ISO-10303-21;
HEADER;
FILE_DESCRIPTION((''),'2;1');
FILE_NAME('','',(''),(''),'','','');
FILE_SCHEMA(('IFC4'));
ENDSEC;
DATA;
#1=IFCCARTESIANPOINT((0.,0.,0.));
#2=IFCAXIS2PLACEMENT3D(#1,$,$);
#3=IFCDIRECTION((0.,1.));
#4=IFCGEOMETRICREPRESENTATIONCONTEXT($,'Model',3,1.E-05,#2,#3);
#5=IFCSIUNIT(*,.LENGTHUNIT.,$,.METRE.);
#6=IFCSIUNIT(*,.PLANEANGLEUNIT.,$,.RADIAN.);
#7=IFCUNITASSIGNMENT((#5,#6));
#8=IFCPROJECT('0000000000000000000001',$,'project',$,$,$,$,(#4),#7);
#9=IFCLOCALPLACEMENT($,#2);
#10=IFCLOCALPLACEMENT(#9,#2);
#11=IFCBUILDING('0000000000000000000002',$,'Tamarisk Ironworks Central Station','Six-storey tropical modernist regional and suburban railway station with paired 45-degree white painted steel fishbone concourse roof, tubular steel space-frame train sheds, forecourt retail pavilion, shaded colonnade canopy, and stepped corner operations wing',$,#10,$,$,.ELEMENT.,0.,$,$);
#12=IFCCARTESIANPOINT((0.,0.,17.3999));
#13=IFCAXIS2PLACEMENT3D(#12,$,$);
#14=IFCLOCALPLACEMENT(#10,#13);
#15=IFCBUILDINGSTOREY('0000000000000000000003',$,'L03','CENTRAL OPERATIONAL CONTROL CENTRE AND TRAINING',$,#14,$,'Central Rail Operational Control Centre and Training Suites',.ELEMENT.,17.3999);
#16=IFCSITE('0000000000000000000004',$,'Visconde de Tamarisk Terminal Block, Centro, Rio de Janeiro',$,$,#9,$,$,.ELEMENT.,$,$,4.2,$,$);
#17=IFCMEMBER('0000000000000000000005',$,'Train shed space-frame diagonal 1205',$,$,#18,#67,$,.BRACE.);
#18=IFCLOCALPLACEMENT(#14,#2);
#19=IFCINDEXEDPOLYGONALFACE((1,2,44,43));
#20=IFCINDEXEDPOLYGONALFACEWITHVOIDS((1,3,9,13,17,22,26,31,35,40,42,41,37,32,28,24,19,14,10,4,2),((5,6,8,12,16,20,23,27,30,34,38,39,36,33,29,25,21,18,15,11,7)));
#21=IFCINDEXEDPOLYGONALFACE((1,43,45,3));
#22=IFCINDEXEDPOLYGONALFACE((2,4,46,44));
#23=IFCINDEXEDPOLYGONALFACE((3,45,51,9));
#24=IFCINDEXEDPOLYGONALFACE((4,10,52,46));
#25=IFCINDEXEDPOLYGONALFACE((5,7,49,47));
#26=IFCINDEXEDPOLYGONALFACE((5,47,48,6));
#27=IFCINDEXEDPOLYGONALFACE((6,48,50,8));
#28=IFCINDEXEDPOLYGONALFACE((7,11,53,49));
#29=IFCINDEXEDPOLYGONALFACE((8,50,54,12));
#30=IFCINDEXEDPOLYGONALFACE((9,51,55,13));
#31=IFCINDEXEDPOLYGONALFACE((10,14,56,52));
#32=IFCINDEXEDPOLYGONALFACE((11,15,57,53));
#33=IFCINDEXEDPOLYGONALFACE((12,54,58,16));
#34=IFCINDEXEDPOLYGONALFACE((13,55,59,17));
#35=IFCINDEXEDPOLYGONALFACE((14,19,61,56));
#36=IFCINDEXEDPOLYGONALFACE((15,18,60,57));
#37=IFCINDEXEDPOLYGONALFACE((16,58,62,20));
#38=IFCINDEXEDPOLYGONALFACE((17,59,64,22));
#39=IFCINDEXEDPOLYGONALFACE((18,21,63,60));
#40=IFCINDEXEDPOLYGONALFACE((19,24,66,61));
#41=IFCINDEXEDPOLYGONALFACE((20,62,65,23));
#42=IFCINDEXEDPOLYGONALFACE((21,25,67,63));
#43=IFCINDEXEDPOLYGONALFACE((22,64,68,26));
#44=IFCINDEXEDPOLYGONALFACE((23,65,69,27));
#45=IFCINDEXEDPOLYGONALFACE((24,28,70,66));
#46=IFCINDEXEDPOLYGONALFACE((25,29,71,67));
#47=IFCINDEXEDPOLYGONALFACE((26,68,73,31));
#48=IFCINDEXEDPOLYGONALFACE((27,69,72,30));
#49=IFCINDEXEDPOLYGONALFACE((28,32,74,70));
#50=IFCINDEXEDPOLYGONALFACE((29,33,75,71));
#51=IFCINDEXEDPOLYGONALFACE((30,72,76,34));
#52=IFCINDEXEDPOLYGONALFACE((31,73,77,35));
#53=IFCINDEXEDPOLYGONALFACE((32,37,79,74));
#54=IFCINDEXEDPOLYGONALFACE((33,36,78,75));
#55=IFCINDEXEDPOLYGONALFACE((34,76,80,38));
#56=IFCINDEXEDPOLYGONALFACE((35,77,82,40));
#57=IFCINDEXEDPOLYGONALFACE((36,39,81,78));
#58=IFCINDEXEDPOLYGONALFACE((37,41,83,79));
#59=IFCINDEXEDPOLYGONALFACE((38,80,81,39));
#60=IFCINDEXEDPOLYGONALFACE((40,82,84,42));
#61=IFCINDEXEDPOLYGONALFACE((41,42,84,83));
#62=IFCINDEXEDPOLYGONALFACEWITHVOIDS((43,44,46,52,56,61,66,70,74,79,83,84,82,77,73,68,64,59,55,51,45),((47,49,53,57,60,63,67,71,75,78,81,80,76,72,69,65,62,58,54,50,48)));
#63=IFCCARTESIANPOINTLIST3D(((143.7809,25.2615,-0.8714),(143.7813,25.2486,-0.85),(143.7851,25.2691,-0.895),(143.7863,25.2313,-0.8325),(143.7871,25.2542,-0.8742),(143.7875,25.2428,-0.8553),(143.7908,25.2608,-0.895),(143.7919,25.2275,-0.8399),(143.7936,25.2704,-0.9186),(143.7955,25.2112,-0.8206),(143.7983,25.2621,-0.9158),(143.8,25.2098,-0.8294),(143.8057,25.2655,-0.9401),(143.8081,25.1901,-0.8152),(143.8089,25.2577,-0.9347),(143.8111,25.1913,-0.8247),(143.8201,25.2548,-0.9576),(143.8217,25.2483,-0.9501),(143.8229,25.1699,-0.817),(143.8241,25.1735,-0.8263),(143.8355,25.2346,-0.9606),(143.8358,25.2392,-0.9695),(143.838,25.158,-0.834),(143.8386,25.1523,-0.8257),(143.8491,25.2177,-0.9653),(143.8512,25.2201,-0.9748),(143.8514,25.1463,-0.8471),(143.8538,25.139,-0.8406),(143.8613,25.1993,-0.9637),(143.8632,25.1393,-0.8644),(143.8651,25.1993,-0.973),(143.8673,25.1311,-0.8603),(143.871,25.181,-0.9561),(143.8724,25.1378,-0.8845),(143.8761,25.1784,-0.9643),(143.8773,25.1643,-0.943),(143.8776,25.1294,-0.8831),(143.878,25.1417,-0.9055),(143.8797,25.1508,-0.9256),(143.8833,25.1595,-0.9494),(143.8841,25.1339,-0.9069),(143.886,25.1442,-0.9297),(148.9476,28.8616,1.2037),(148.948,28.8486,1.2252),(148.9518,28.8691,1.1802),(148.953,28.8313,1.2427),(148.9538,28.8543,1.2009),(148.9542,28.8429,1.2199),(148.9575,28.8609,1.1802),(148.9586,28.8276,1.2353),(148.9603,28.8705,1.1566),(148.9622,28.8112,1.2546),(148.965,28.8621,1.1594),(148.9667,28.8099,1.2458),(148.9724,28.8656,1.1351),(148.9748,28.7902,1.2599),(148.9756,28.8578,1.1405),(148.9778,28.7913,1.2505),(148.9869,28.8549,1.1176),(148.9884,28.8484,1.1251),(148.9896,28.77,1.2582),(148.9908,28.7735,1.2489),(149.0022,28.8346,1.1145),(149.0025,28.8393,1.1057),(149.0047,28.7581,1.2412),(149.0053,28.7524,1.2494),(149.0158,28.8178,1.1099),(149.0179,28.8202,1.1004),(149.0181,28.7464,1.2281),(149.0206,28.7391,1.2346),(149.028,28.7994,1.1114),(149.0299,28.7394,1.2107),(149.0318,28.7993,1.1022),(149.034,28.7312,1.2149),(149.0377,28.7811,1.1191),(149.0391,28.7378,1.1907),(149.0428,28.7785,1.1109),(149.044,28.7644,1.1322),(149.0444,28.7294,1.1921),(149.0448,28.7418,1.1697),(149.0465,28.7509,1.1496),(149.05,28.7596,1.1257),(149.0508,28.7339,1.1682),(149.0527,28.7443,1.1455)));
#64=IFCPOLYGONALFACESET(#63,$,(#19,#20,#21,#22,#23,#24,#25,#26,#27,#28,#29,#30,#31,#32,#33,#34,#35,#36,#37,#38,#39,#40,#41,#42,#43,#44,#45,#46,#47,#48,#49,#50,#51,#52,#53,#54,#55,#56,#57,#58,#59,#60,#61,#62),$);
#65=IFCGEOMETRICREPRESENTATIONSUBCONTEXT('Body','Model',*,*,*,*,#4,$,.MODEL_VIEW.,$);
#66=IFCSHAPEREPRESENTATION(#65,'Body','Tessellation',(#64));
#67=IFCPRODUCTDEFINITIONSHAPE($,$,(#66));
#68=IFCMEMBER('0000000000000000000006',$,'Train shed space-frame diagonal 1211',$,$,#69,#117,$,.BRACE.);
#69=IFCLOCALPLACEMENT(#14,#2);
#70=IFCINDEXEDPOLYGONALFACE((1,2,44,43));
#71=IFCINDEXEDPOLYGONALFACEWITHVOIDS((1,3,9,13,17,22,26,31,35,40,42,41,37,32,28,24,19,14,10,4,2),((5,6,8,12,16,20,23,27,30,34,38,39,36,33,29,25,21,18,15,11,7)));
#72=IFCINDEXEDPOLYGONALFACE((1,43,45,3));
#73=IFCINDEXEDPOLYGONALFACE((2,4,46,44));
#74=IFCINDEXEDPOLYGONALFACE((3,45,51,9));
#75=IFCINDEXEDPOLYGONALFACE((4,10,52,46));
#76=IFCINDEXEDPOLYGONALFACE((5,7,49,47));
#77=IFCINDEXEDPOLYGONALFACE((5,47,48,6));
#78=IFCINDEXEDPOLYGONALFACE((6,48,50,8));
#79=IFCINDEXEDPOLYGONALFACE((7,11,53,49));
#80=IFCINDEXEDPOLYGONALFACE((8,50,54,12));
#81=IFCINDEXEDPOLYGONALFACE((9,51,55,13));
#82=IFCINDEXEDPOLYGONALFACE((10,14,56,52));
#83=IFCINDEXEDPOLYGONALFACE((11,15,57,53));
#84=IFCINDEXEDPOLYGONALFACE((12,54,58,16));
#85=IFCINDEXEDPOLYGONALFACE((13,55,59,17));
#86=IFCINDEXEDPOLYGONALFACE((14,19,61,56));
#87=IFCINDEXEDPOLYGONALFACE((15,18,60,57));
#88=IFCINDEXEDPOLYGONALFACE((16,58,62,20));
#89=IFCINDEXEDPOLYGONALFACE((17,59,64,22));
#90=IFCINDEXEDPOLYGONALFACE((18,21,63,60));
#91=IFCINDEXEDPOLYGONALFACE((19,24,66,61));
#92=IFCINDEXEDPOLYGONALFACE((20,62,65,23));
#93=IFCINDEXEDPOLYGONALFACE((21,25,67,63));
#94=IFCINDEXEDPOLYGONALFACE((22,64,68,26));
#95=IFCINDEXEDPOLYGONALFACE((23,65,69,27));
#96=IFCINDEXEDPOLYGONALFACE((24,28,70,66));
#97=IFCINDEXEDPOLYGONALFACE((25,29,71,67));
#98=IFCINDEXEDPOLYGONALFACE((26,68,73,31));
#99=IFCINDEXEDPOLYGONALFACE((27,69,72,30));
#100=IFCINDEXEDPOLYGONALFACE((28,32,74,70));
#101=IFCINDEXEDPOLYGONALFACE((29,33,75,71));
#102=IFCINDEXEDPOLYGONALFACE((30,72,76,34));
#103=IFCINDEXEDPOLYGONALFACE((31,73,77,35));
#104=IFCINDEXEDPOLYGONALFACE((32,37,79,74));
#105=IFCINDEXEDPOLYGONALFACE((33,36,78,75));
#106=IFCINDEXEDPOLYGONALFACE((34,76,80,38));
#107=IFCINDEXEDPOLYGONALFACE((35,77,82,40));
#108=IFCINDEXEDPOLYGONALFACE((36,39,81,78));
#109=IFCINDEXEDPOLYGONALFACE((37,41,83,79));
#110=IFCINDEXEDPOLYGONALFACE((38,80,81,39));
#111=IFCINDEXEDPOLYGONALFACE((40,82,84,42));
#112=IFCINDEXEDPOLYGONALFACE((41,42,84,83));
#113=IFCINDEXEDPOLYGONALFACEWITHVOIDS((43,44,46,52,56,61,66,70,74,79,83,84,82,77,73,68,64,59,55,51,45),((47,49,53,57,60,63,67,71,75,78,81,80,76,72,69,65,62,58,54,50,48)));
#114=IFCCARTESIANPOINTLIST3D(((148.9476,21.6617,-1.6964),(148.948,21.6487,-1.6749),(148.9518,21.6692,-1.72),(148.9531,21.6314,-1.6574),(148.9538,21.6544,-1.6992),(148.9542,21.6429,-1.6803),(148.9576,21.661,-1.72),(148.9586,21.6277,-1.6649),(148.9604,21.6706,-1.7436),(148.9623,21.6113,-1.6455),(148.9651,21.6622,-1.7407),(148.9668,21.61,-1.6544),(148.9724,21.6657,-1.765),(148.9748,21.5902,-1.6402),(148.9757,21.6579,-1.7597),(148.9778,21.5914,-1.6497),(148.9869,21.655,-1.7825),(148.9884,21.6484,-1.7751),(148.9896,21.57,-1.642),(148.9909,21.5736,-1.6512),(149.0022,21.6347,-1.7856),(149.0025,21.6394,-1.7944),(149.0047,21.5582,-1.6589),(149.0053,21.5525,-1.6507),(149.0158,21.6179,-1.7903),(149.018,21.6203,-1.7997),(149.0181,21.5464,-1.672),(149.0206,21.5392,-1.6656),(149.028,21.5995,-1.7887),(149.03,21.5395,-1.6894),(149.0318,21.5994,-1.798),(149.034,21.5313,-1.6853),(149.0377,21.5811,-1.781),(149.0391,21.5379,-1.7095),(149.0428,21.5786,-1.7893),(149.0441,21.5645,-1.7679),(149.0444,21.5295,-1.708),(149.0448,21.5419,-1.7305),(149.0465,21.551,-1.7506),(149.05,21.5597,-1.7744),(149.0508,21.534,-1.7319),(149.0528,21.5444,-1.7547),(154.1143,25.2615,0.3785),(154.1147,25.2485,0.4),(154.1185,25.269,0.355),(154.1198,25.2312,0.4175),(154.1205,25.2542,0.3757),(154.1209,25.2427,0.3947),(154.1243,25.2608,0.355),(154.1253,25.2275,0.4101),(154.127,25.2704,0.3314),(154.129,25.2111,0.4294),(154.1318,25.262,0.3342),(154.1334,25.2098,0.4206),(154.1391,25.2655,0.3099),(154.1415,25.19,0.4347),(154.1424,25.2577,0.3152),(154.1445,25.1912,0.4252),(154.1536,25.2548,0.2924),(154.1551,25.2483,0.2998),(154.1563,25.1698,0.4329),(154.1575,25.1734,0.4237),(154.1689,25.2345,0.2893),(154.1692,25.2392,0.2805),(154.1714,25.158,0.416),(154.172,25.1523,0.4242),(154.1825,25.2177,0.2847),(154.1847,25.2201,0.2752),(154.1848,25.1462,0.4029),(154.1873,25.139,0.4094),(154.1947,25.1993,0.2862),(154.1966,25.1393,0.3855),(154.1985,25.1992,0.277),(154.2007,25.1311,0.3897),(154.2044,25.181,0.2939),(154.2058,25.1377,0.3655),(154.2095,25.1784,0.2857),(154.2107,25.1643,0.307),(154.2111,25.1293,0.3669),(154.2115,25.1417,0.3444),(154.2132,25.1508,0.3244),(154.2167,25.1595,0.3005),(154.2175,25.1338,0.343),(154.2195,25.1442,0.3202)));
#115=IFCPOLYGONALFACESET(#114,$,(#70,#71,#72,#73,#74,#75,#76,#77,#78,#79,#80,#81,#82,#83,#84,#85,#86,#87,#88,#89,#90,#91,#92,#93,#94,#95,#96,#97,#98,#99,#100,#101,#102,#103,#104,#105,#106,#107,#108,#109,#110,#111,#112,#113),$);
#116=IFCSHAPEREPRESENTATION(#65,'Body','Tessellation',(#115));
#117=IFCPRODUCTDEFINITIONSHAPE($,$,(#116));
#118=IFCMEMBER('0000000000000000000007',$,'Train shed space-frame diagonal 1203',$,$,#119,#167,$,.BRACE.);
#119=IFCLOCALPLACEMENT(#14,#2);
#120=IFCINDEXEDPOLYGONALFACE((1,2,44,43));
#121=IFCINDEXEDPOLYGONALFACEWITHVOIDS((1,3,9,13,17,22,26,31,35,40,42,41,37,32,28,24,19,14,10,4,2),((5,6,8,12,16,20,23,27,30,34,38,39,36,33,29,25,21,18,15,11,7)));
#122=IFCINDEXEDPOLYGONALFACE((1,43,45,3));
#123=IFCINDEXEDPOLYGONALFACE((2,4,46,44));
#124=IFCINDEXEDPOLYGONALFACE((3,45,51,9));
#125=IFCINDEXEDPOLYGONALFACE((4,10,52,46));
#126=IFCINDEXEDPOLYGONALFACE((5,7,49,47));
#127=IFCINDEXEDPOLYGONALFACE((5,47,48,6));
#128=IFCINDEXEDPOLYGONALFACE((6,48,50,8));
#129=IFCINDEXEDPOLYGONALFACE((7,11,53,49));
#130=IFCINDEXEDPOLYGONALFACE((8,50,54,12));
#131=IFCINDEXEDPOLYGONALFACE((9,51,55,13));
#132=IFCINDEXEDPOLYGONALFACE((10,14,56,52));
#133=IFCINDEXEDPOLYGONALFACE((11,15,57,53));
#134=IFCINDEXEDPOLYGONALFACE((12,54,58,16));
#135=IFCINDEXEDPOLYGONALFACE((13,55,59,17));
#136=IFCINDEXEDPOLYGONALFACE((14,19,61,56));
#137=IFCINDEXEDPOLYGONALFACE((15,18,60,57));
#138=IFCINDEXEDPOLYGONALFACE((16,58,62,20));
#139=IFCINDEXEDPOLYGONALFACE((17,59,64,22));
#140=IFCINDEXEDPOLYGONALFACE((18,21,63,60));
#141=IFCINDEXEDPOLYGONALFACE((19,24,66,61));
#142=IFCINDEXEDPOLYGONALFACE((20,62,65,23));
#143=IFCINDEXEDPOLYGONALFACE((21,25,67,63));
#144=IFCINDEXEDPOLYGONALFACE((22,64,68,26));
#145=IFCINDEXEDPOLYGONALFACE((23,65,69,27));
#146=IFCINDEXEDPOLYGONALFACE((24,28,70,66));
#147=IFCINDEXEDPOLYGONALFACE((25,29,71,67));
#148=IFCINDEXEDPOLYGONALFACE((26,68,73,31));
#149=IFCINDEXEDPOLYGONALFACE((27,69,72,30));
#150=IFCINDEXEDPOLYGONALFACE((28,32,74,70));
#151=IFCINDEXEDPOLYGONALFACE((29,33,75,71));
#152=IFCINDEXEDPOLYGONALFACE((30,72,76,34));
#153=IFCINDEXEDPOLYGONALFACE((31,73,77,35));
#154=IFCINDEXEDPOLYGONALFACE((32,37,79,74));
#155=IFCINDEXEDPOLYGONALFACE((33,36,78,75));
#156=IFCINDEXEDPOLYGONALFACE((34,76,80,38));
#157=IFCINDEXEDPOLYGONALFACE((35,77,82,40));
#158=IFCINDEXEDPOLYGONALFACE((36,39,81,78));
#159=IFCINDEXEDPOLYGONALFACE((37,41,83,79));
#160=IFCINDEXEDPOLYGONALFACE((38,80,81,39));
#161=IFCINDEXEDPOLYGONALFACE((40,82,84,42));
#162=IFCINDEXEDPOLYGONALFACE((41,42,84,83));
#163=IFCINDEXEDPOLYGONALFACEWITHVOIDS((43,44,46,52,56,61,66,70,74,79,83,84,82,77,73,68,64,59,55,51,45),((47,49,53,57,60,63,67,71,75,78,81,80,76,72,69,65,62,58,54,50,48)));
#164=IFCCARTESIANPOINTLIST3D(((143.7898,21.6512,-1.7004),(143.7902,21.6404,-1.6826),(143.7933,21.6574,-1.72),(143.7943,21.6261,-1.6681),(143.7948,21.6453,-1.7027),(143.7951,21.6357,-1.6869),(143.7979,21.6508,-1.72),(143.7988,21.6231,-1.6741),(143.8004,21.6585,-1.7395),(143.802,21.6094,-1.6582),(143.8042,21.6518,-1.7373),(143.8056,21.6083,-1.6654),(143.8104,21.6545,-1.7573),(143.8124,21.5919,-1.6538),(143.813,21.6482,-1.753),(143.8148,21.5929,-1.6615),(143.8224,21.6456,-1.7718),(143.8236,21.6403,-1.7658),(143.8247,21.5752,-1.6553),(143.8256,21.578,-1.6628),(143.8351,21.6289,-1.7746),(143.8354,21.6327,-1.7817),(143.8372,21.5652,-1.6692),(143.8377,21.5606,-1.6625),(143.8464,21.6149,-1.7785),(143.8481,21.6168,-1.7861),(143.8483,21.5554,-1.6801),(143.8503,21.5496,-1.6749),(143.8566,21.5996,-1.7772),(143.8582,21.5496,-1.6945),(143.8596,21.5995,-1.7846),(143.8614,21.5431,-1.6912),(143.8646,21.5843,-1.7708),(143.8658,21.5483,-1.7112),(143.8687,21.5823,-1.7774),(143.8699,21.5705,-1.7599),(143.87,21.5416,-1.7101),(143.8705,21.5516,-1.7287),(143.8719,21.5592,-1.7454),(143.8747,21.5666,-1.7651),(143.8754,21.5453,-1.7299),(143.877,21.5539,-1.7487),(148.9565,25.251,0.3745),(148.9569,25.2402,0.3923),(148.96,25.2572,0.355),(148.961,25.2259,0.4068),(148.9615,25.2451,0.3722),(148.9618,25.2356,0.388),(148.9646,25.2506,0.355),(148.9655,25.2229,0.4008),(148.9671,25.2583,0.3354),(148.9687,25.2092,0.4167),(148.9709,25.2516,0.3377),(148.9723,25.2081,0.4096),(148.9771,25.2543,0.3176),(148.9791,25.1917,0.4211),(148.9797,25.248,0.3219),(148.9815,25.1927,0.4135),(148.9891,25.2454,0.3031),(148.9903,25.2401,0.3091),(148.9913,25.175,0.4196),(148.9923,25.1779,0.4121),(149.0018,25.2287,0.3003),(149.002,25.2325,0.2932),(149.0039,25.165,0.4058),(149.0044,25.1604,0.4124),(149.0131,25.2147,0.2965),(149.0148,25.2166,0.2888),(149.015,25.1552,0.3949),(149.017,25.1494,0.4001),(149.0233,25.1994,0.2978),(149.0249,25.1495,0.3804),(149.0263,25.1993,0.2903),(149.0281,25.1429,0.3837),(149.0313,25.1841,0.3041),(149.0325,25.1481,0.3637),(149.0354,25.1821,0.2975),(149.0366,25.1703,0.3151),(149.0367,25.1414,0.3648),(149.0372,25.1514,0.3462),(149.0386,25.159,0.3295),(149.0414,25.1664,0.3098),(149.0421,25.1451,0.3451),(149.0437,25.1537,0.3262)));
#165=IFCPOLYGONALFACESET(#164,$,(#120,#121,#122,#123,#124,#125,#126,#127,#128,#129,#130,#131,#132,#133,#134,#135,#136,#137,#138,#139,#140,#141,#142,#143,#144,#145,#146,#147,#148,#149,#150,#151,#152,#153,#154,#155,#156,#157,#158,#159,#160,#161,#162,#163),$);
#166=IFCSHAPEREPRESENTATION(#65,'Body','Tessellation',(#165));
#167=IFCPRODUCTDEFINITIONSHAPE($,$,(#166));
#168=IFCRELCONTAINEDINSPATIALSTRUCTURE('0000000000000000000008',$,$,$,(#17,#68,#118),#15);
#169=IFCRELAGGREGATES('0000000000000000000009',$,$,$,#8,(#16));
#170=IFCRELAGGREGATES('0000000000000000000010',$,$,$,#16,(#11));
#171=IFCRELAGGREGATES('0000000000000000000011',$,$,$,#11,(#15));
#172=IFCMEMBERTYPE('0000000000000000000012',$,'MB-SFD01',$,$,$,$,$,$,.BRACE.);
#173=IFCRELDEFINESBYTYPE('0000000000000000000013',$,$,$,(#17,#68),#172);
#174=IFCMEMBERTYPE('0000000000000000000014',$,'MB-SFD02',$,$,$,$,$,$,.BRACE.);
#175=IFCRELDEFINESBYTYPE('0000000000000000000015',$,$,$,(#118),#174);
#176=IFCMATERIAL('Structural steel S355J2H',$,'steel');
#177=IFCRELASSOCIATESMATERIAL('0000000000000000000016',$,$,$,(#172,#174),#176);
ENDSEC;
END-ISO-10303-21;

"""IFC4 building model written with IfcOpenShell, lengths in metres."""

from ifc_helpers import new_model, si_unit, direction, frame, origin, origin_2d, place, context, subcontext, project, spatial, hollow_circle, extrude, material, material_profile, profile_set, type_object, element, save


model = new_model("IFC4")

# Units and contexts
model_context = context("Model", 3, precision=1e-05, world=origin(), true_north=direction((0.0, 1.0)))
body_context = subcontext(model_context, "Body", "Model", "MODEL_VIEW")
ifc_project = project(units=[si_unit("LENGTHUNIT", "METRE"), si_unit("PLANEANGLEUNIT", "RADIAN")], contexts=[model_context])

# Site, building, storey
site_placement = place(None, origin())
site = spatial("IfcSite", under=ifc_project, at=site_placement, Name="Visconde de Tamarisk Terminal Block, Centro, Rio de Janeiro", CompositionType="ELEMENT", RefElevation=4.2)
building_placement = place(site_placement, origin())
building = spatial("IfcBuilding", under=site, at=building_placement, Name="Tamarisk Ironworks Central Station", Description="Six-storey tropical modernist regional and suburban railway station with paired 45-degree white painted steel fishbone concourse roof, tubular steel space-frame train sheds, forecourt retail pavilion, shaded colonnade canopy, and stepped corner operations wing", CompositionType="ELEMENT", ElevationOfRefHeight=0.0)
storey_placement = place(building_placement, frame((0.0, 0.0, 17.3999)))
storey = spatial("IfcBuildingStorey", under=building, at=storey_placement, Name="L03", Description="CENTRAL OPERATIONAL CONTROL CENTRE AND TRAINING", LongName="Central Rail Operational Control Centre and Training Suites", CompositionType="ELEMENT", Elevation=17.3999)

# Members
ifc_material_1 = material(Name="Structural steel S355J2H", Category="steel")
ifc_material_profile_1 = material_profile(ifc_material_1, hollow_circle(Radius=0.0842, WallThickness=0.01, at=origin_2d()), Name="CHS 168.3x10")
ifc_profile_set_1 = profile_set([ifc_material_profile_1], Name="Structural steel S355J2H")
member_type_1 = type_object("IfcMemberType", Name="MB-SFD01", PredefinedType="BRACE", material=ifc_profile_set_1)
member_1_placement = place(storey_placement, frame((143.8333, 25.2, -0.895), z_axis=(0.779249, 0.542967, 0.312981), x_axis=(-0.571689, 0.82047, 0.0)))
element("IfcMember", 1, at=member_1_placement, inside=storey, type_object=member_type_1, Name="Train shed space-frame diagonal 1205", PredefinedType="BRACE", context=body_context, shape_type="SweptSolid", body=[
    extrude(hollow_circle(Radius=0.0842, WallThickness=0.01, at=origin_2d()), origin(), (0.0, 0.0, 1.0), 6.6304),
])
member_2_placement = place(storey_placement, frame((149.0, 21.6001, -1.72), z_axis=(0.779274, 0.542947, 0.312954), x_axis=(-0.571663, 0.820489, 0.0)))
element("IfcMember", 2, at=member_2_placement, inside=storey, type_object=member_type_1, Name="Train shed space-frame diagonal 1211", PredefinedType="BRACE", context=body_context, shape_type="SweptSolid", body=[
    extrude(hollow_circle(Radius=0.0842, WallThickness=0.01, at=origin_2d()), origin(), (0.0, 0.0, 1.0), 6.6301),
])
ifc_material_profile_2 = material_profile(ifc_material_1, hollow_circle(Radius=0.0698, WallThickness=0.0081, at=origin_2d()), Name="CHS 139.7x8")
ifc_profile_set_2 = profile_set([ifc_material_profile_2], Name="Structural steel S355J2H")
member_type_2 = type_object("IfcMemberType", Name="MB-SFD02", PredefinedType="BRACE", material=ifc_profile_set_2)
member_3_placement = place(storey_placement, frame((143.8333, 21.6001, -1.72), z_axis=(0.779274, 0.542947, 0.312954), x_axis=(-0.571663, 0.820489, 0.0)))
element("IfcMember", 3, at=member_3_placement, inside=storey, type_object=member_type_2, Name="Train shed space-frame diagonal 1203", PredefinedType="BRACE", context=body_context, shape_type="SweptSolid", body=[
    extrude(hollow_circle(Radius=0.0698, WallThickness=0.0081, at=origin_2d()), origin(), (0.0, 0.0, 1.0), 6.6301),
])

save(model, "model.ifc")
